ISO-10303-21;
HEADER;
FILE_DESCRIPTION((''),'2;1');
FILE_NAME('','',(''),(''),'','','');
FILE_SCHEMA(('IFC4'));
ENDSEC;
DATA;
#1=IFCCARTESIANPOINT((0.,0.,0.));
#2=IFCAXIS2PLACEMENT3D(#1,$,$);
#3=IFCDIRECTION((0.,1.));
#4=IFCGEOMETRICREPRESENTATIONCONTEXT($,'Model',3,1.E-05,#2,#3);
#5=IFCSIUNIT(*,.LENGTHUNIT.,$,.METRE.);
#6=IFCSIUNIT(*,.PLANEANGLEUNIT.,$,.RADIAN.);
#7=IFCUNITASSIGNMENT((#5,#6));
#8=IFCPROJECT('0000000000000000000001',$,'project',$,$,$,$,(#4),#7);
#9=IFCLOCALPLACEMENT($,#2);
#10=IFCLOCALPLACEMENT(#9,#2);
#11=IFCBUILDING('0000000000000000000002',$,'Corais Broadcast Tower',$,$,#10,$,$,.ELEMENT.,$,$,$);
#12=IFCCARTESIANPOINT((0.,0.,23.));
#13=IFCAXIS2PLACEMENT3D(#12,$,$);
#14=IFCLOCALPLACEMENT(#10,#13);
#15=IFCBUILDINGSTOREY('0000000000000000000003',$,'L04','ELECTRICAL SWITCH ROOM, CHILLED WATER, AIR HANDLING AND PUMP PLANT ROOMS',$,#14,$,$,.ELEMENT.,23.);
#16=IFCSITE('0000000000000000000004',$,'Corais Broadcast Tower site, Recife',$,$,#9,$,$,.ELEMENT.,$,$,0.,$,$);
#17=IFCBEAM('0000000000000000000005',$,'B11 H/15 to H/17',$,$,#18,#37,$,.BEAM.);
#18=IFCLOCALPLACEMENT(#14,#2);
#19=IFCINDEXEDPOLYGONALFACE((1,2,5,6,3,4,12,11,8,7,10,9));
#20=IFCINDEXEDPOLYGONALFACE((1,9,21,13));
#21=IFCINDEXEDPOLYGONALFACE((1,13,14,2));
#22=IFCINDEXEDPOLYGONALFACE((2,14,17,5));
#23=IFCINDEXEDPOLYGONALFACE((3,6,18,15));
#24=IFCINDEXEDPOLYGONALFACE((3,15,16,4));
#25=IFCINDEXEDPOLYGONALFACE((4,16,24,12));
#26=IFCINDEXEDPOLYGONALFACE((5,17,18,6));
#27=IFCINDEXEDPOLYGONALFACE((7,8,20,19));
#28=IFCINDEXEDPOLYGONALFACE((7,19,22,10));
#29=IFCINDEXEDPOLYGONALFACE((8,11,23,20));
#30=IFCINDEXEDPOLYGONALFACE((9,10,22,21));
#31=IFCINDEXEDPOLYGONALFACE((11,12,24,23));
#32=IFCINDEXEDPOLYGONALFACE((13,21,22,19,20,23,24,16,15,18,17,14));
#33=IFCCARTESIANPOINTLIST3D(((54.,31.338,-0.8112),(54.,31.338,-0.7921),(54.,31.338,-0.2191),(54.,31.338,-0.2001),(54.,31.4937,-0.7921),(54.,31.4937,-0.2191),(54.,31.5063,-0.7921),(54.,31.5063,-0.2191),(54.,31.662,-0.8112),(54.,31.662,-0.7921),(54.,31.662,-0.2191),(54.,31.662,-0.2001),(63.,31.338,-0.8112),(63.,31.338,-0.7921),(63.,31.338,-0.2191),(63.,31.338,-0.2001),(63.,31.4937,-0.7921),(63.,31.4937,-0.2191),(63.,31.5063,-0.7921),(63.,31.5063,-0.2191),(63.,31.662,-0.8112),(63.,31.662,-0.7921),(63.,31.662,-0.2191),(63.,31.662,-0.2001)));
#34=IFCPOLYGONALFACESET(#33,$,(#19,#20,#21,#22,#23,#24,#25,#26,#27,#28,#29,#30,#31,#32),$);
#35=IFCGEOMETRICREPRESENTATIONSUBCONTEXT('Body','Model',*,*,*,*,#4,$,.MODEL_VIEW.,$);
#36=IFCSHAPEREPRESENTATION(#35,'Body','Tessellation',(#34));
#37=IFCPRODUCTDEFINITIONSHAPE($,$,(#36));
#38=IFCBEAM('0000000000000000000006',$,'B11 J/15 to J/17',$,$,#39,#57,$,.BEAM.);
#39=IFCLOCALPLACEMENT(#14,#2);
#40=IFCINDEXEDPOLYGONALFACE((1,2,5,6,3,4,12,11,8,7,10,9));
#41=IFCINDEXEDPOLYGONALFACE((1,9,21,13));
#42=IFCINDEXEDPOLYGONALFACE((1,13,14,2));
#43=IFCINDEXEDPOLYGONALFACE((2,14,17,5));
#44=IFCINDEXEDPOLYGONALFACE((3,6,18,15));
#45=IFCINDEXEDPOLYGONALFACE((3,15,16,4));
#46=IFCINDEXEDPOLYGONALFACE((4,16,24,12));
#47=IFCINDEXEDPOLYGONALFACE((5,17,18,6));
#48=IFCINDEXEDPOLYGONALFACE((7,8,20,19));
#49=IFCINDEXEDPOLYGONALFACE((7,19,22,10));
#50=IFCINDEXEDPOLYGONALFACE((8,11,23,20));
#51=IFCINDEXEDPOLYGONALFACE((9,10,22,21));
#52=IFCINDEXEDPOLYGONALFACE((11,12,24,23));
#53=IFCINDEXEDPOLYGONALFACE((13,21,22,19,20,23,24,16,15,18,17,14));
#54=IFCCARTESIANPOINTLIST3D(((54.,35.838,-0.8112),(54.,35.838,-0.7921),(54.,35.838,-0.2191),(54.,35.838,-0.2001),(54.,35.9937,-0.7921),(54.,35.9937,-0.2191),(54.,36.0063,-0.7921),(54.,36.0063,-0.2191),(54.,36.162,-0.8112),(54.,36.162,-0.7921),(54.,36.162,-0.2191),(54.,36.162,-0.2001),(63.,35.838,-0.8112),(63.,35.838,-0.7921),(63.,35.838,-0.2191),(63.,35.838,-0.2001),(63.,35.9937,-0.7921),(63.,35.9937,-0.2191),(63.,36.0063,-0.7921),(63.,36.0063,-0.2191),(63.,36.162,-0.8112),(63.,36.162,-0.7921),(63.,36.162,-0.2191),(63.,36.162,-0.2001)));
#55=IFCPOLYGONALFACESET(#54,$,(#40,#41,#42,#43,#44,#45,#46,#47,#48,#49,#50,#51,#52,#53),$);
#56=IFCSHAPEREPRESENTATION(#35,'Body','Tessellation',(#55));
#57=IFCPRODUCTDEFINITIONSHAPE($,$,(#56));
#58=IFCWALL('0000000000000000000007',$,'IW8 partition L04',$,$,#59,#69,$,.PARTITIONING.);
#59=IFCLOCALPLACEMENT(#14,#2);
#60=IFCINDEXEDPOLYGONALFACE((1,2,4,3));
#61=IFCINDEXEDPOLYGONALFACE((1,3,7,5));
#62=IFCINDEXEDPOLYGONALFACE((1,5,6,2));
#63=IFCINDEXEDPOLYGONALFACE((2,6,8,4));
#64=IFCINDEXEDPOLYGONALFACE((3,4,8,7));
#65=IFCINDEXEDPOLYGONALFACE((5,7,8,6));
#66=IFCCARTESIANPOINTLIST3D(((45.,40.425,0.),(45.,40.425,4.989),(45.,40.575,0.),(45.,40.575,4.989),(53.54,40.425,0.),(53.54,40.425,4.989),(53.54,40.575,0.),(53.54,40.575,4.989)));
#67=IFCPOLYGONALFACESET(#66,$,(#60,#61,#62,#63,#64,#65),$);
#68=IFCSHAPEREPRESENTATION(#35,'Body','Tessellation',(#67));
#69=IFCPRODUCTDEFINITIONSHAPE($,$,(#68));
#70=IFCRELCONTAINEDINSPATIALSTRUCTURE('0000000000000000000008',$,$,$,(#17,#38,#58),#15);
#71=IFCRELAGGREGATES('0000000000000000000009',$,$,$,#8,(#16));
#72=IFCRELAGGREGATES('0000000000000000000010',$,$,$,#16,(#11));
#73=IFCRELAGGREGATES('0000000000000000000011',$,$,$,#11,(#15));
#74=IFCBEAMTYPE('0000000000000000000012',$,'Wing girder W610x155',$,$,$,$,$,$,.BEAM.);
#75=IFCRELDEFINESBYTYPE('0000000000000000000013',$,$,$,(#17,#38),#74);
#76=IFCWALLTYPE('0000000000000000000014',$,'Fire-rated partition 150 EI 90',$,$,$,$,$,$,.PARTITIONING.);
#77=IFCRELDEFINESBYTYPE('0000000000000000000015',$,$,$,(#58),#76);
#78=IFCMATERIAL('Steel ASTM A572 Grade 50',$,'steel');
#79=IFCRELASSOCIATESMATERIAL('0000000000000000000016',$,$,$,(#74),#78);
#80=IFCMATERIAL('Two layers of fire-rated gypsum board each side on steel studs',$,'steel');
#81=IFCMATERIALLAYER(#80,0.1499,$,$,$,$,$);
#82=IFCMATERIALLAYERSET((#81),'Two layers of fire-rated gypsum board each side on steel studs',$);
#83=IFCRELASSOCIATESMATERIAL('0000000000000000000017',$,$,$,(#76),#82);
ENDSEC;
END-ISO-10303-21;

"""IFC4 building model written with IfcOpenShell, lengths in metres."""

from ifc_helpers import new_model, si_unit, direction, frame, frame_2d, origin, origin_2d, place, context, subcontext, project, spatial, rectangle, i_section, extrude, material, layer, layer_set, material_profile, profile_set, type_object, element, save


model = new_model("IFC4")

# Units and contexts
model_context = context("Model", 3, precision=1e-05, world=origin(), true_north=direction((0.0, 1.0)))
body_context = subcontext(model_context, "Body", "Model", "MODEL_VIEW")
ifc_project = project(units=[si_unit("LENGTHUNIT", "METRE"), si_unit("PLANEANGLEUNIT", "RADIAN")], contexts=[model_context])

# Site, building, storey
site_placement = place(None, origin())
site = spatial("IfcSite", under=ifc_project, at=site_placement, Name="Corais Broadcast Tower site, Recife", CompositionType="ELEMENT", RefElevation=0.0)
building_placement = place(site_placement, origin())
building = spatial("IfcBuilding", under=site, at=building_placement, Name="Corais Broadcast Tower", CompositionType="ELEMENT")
storey_placement = place(building_placement, frame((0.0, 0.0, 23.0)))
storey = spatial("IfcBuildingStorey", under=building, at=storey_placement, Name="L04", Description="ELECTRICAL SWITCH ROOM, CHILLED WATER, AIR HANDLING AND PUMP PLANT ROOMS", CompositionType="ELEMENT", Elevation=23.0)

# Beams
ifc_material_1 = material(Name="Steel ASTM A572 Grade 50", Category="steel")
ifc_material_profile_1 = material_profile(ifc_material_1, i_section(OverallWidth=0.324, OverallDepth=0.6111, WebThickness=0.0127, FlangeThickness=0.019, at=origin_2d()), Name="W610x155")
ifc_profile_set_1 = profile_set([ifc_material_profile_1], Name="Steel ASTM A572 Grade 50")
beam_type_1 = type_object("IfcBeamType", Name="Wing girder W610x155", PredefinedType="BEAM", material=ifc_profile_set_1)
for number, where, z_axis, x_axis, name in (
    (1, (54.0, 31.5, -0.5056), (1.0, 0.0, 0.0), (0.0, 1.0, 0.0), "B11 H/15 to H/17"),
    (2, (54.0, 36.0, -0.5056), (1.0, 0.0, 0.0), (0.0, 1.0, 0.0), "B11 J/15 to J/17"),
):
    element("IfcBeam", number, at=place(storey_placement, frame(where, z_axis=z_axis, x_axis=x_axis)), inside=storey, type_object=beam_type_1, Name=name, PredefinedType="BEAM", context=body_context, shape_type="SweptSolid", body=[
        extrude(i_section(OverallWidth=0.324, OverallDepth=0.6111, WebThickness=0.0127, FlangeThickness=0.019, at=origin_2d()), origin(), (0.0, 0.0, 1.0), 9.0),
    ])

# Wall
ifc_material_2 = material(Name="Two layers of fire-rated gypsum board each side on steel studs", Category="steel")
ifc_layer = layer(ifc_material_2, 0.1499)
ifc_layer_set = layer_set([ifc_layer], Name="Two layers of fire-rated gypsum board each side on steel studs")
wall_type = type_object("IfcWallType", Name="Fire-rated partition 150 EI 90", PredefinedType="PARTITIONING", material=ifc_layer_set)
wall_placement = place(storey_placement, frame((53.54, 40.5, 0.0), z_axis=(0.0, 0.0, 1.0), x_axis=(-1.0, 0.0, 0.0)))
element("IfcWall", 3, at=wall_placement, inside=storey, type_object=wall_type, Name="IW8 partition L04", PredefinedType="PARTITIONING", context=body_context, shape_type="SweptSolid", body=[
    extrude(rectangle(XDim=8.54, YDim=0.1499, at=frame_2d((4.27, 0.0))), origin(), (0.0, 0.0, 1.0), 4.989),
])

save(model, "model.ifc")
